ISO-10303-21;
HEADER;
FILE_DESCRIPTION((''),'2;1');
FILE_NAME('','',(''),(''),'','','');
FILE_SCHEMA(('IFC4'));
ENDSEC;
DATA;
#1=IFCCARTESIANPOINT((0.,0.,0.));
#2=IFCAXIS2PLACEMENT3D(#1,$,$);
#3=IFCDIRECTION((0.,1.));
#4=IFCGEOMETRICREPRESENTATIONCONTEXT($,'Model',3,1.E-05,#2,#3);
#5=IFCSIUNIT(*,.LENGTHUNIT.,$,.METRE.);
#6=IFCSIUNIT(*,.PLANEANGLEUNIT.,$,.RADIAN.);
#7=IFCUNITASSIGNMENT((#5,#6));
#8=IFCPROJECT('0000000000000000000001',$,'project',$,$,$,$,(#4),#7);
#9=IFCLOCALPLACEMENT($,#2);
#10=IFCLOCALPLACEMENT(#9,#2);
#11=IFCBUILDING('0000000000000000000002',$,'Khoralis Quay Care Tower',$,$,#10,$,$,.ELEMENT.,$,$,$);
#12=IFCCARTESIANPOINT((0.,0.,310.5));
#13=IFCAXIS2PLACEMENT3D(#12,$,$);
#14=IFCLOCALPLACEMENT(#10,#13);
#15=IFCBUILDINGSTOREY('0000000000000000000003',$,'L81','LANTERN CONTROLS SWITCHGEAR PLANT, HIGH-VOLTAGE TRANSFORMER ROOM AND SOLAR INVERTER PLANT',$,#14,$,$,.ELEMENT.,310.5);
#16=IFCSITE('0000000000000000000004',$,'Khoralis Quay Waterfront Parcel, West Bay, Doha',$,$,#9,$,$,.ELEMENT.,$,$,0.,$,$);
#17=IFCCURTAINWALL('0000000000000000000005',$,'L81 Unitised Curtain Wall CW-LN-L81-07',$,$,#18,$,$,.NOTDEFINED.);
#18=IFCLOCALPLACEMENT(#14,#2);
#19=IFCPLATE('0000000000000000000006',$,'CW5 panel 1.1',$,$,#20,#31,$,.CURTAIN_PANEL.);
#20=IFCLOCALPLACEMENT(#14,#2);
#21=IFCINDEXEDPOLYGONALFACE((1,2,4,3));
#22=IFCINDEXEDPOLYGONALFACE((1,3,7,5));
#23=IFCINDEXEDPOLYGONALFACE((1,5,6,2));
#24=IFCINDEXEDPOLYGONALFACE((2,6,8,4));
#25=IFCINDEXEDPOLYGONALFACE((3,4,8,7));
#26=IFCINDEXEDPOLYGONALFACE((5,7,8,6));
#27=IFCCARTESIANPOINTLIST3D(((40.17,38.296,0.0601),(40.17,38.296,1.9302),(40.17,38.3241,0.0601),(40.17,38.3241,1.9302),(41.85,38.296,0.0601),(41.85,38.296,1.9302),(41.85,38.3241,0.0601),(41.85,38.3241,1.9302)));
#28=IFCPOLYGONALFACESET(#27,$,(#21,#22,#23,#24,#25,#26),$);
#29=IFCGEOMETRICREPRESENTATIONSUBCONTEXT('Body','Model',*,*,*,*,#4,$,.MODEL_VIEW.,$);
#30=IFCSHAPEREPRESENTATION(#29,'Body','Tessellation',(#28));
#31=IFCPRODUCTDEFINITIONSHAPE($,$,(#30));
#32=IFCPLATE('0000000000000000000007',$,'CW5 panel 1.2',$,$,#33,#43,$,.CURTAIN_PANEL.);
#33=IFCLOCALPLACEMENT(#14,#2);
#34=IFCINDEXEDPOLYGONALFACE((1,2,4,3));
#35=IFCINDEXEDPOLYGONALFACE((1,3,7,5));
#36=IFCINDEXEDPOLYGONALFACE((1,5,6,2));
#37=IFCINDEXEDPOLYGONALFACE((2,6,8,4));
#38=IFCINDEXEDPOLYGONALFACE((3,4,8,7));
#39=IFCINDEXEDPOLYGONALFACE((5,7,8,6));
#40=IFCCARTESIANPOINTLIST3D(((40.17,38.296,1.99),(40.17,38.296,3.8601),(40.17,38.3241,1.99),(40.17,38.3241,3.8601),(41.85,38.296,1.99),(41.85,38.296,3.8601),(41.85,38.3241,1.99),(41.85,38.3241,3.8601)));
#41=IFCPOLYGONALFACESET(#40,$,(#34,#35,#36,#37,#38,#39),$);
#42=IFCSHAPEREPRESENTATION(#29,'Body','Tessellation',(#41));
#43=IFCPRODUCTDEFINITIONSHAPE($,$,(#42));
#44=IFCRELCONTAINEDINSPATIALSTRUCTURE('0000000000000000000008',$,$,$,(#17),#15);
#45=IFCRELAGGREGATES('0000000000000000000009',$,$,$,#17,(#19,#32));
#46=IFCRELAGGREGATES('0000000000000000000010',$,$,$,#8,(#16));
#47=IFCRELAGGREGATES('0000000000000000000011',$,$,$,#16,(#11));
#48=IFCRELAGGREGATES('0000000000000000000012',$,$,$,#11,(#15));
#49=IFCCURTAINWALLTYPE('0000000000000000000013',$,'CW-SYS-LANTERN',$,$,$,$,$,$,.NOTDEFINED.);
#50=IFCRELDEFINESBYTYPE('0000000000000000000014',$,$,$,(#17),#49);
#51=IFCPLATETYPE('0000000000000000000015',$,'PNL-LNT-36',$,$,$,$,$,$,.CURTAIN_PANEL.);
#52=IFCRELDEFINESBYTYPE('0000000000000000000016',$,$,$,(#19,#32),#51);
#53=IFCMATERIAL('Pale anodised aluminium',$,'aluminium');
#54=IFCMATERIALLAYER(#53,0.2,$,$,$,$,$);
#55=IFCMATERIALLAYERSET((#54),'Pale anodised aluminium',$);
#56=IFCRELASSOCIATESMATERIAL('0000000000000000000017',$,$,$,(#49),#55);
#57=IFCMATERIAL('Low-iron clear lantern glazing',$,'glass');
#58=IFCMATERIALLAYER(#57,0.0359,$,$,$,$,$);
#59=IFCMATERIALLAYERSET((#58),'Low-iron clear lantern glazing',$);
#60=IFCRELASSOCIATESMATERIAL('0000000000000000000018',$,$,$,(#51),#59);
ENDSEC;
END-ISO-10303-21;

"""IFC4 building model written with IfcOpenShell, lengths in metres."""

from ifc_helpers import new_model, si_unit, direction, frame, origin, origin_2d, place, context, subcontext, project, spatial, rectangle, extrude, source, transform, mapped, material, layer, layer_set, type_object, element, aggregate, save


model = new_model("IFC4")

# Units and contexts
model_context = context("Model", 3, precision=1e-05, world=origin(), true_north=direction((0.0, 1.0)))
body_context = subcontext(model_context, "Body", "Model", "MODEL_VIEW")
ifc_project = project(units=[si_unit("LENGTHUNIT", "METRE"), si_unit("PLANEANGLEUNIT", "RADIAN")], contexts=[model_context])

# Site, building, storey
site_placement = place(None, origin())
site = spatial("IfcSite", under=ifc_project, at=site_placement, Name="Khoralis Quay Waterfront Parcel, West Bay, Doha", CompositionType="ELEMENT", RefElevation=0.0)
building_placement = place(site_placement, origin())
building = spatial("IfcBuilding", under=site, at=building_placement, Name="Khoralis Quay Care Tower", CompositionType="ELEMENT")
storey_placement = place(building_placement, frame((0.0, 0.0, 310.5)))
storey = spatial("IfcBuildingStorey", under=building, at=storey_placement, Name="L81", Description="LANTERN CONTROLS SWITCHGEAR PLANT, HIGH-VOLTAGE TRANSFORMER ROOM AND SOLAR INVERTER PLANT", CompositionType="ELEMENT", Elevation=310.5)

# Shared definitions
ifc_material_1 = material(Name="Pale anodised aluminium", Category="aluminium")
ifc_layer_1 = layer(ifc_material_1, 0.2)
ifc_layer_set_1 = layer_set([ifc_layer_1], Name="Pale anodised aluminium")
curtain_wall_type = type_object("IfcCurtainWallType", Name="CW-SYS-LANTERN", PredefinedType="NOTDEFINED", material=ifc_layer_set_1)

# Curtain wall
curtain_wall_1_placement = place(storey_placement, origin())
curtain_wall_1 = element("IfcCurtainWall", 1, at=curtain_wall_1_placement, inside=storey, type_object=curtain_wall_type, Name="L81 Unitised Curtain Wall CW-LN-L81-07", PredefinedType="NOTDEFINED")

# Plates
ifc_material_2 = material(Name="Low-iron clear lantern glazing", Category="glass")
ifc_layer_2 = layer(ifc_material_2, 0.0359)
ifc_layer_set_2 = layer_set([ifc_layer_2], Name="Low-iron clear lantern glazing")
plate_type = type_object("IfcPlateType", Name="PNL-LNT-36", PredefinedType="CURTAIN_PANEL", material=ifc_layer_set_2)
shared_shape_1 = source(origin(), body_context, "Body", "SweptSolid", [
    extrude(rectangle(XDim=1.6799, YDim=0.0281, at=origin_2d()), origin(), (0.0, 0.0, 1.0), 1.8701),
])
plate_1_placement = place(storey_placement, frame((41.01, 38.3101, 0.0601), z_axis=(0.0, 0.0, 1.0), x_axis=(-1.0, 0.0, 0.0)))
plate_1 = element("IfcPlate", 2, at=plate_1_placement, type_object=plate_type, Name="CW5 panel 1.1", PredefinedType="CURTAIN_PANEL", context=body_context, shape_type="MappedRepresentation", body=[
    mapped(shared_shape_1, transform((0.0, 0.0, 0.0), scale=1.0)),
])
plate_2_placement = place(storey_placement, frame((41.01, 38.3101, 1.99), z_axis=(0.0, 0.0, 1.0), x_axis=(-1.0, 0.0, 0.0)))
plate_2 = element("IfcPlate", 3, at=plate_2_placement, type_object=plate_type, Name="CW5 panel 1.2", PredefinedType="CURTAIN_PANEL", context=body_context, shape_type="MappedRepresentation", body=[
    mapped(shared_shape_1, transform((0.0, 0.0, 0.0), scale=1.0)),
])
aggregate(curtain_wall_1, [plate_1, plate_2])

save(model, "model.ifc")
